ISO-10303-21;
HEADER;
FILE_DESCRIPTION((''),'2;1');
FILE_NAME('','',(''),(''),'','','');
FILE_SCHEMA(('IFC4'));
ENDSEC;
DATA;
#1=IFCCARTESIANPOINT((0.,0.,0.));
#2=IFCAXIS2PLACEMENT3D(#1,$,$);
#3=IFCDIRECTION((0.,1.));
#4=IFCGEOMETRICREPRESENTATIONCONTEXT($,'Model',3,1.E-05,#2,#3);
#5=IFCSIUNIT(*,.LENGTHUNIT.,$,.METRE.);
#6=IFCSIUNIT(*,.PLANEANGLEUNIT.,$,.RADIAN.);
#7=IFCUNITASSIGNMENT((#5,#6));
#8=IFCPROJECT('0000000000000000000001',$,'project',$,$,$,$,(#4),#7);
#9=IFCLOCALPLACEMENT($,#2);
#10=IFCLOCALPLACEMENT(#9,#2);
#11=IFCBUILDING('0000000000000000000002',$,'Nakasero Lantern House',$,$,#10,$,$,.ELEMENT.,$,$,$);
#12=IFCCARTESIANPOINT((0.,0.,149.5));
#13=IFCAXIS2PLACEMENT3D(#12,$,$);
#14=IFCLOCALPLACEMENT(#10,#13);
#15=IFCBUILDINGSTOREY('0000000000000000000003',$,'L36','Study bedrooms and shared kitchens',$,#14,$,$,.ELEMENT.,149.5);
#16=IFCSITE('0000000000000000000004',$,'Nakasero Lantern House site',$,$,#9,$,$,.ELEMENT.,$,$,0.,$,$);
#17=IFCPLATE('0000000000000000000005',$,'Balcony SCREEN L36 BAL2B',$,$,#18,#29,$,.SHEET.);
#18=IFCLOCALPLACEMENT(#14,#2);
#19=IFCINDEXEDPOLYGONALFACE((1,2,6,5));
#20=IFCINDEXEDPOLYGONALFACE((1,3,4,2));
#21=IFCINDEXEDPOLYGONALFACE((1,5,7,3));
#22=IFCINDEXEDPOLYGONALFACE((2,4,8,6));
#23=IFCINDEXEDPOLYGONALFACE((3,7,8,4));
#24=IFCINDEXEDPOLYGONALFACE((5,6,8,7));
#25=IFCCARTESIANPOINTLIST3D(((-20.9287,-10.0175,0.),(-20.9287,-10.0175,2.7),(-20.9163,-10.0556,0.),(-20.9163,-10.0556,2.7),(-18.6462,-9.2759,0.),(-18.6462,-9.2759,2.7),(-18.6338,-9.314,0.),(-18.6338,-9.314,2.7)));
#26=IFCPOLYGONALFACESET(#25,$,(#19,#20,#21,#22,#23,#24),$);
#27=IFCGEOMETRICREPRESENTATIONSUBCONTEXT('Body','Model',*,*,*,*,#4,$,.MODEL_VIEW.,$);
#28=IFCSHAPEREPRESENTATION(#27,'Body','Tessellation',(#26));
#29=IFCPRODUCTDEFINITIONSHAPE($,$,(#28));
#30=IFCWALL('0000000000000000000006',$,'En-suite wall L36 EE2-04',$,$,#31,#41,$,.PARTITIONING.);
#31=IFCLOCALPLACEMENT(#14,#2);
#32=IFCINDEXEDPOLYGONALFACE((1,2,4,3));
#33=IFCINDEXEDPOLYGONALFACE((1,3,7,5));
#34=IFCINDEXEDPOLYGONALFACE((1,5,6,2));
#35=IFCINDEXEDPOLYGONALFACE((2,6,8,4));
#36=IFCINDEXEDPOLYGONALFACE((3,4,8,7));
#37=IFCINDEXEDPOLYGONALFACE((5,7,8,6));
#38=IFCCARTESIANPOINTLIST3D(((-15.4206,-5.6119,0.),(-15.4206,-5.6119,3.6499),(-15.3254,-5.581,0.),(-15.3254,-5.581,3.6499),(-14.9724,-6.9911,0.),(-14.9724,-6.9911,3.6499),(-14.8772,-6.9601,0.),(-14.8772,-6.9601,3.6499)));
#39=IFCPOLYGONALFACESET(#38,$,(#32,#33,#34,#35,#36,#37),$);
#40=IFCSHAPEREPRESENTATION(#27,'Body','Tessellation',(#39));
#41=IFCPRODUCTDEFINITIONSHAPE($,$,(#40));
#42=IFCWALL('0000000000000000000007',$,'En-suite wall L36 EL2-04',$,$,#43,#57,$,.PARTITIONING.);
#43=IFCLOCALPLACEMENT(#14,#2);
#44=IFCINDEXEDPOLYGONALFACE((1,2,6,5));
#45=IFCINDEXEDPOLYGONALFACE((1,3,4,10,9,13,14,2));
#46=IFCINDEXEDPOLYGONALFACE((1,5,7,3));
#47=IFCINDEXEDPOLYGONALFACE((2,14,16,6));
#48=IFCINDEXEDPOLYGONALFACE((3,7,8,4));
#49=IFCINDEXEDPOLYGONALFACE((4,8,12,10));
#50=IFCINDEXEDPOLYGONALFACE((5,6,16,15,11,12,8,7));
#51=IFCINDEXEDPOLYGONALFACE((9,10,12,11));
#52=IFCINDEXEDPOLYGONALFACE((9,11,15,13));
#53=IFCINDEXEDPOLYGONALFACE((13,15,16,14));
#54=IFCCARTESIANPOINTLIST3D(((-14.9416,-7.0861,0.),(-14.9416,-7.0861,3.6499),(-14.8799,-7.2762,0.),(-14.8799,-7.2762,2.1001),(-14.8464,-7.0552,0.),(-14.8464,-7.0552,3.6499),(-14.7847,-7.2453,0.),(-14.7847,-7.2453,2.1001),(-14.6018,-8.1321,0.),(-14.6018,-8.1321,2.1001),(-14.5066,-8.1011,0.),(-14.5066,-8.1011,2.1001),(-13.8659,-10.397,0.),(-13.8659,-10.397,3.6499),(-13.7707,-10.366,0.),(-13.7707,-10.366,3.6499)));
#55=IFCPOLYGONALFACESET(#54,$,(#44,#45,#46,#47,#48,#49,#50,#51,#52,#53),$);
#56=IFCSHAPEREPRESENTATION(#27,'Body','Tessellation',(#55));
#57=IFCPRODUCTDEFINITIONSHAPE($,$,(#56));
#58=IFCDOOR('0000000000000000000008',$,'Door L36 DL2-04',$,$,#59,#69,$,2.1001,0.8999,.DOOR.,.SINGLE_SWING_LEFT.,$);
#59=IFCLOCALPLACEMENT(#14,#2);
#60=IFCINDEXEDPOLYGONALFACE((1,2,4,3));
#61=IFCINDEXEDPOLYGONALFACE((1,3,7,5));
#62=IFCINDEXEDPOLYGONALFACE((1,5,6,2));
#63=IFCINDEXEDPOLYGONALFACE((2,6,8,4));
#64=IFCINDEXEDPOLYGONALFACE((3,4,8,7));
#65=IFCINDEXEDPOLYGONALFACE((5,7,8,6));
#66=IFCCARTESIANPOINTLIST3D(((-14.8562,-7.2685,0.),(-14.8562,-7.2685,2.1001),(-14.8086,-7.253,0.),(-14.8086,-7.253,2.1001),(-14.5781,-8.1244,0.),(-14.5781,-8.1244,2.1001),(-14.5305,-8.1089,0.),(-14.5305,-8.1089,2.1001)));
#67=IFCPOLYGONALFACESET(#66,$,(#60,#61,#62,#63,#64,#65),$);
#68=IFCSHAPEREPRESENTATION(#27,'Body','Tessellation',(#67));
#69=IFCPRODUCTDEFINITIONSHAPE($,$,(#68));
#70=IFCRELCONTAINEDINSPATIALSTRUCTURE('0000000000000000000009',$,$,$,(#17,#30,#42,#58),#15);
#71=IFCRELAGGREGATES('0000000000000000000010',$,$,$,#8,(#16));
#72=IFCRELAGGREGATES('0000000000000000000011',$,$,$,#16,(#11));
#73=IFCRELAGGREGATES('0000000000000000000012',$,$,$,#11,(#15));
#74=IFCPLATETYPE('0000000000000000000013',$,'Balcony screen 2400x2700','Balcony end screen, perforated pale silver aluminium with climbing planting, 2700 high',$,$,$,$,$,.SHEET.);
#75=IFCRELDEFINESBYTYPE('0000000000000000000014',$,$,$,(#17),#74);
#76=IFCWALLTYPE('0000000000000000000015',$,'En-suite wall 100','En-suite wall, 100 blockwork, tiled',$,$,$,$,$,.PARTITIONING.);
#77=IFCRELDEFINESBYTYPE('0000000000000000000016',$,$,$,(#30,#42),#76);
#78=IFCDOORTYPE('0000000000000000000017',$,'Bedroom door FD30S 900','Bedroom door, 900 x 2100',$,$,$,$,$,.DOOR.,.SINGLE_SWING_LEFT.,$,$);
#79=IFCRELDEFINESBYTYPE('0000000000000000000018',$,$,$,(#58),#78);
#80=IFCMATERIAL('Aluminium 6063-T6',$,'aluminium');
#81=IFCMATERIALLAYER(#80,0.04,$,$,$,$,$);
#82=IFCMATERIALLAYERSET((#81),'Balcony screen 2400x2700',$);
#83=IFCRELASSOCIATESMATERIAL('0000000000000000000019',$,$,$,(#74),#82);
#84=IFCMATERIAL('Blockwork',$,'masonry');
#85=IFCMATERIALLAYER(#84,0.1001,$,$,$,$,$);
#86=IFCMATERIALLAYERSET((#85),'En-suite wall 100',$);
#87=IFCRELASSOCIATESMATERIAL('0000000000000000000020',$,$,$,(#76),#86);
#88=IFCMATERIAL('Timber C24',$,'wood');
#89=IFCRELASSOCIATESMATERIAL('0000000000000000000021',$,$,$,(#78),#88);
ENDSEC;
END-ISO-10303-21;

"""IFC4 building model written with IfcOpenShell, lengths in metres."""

from ifc_helpers import new_model, si_unit, direction, frame, frame_2d, origin, origin_2d, place, context, subcontext, project, spatial, rectangle, extrude, material, layer, layer_set, type_object, element, fill, save


model = new_model("IFC4")

# Units and contexts
model_context = context("Model", 3, precision=1e-05, world=origin(), true_north=direction((0.0, 1.0)))
body_context = subcontext(model_context, "Body", "Model", "MODEL_VIEW")
ifc_project = project(units=[si_unit("LENGTHUNIT", "METRE"), si_unit("PLANEANGLEUNIT", "RADIAN")], contexts=[model_context])

# Site, building, storey
site_placement = place(None, origin())
site = spatial("IfcSite", under=ifc_project, at=site_placement, Name="Nakasero Lantern House site", CompositionType="ELEMENT", RefElevation=0.0)
building_placement = place(site_placement, origin())
building = spatial("IfcBuilding", under=site, at=building_placement, Name="Nakasero Lantern House", CompositionType="ELEMENT")
storey_placement = place(building_placement, frame((0.0, 0.0, 149.5)))
storey = spatial("IfcBuildingStorey", under=building, at=storey_placement, Name="L36", Description="Study bedrooms and shared kitchens", CompositionType="ELEMENT", Elevation=149.5)

# Plate
ifc_material_1 = material(Name="Aluminium 6063-T6", Category="aluminium")
ifc_layer_1 = layer(ifc_material_1, 0.04)
ifc_layer_set_1 = layer_set([ifc_layer_1], Name="Balcony screen 2400x2700")
plate_type_1 = type_object("IfcPlateType", Name="Balcony screen 2400x2700", Description="Balcony end screen, perforated pale silver aluminium with climbing planting, 2700 high", PredefinedType="SHEET", material=ifc_layer_set_1)
for number, where, z_axis, x_axis, name in (
    (1, (-19.7812, -9.6658, 0.0), (0.0, 0.0, 1.0), (-0.951057, -0.309017, 0.0), "Balcony SCREEN L36 BAL2B"),
):
    element("IfcPlate", number, at=place(storey_placement, frame(where, z_axis=z_axis, x_axis=x_axis)), inside=storey, type_object=plate_type_1, Name=name, PredefinedType="SHEET", context=body_context, shape_type="SweptSolid", body=[
        extrude(rectangle(XDim=2.3999, YDim=0.04, at=origin_2d()), origin(), (0.0, 0.0, 1.0), 2.7),
    ])

# Wall
ifc_material_2 = material(Name="Blockwork", Category="masonry")
ifc_layer_2 = layer(ifc_material_2, 0.1001)
ifc_layer_set_2 = layer_set([ifc_layer_2], Name="En-suite wall 100")
wall_type = type_object("IfcWallType", Name="En-suite wall 100", Description="En-suite wall, 100 blockwork, tiled", PredefinedType="PARTITIONING", material=ifc_layer_set_2)
wall_1_placement = place(storey_placement, frame((-15.373, -5.5964, 0.0), z_axis=(0.0, 0.0, 1.0), x_axis=(0.309097, -0.95103, 0.0)))
element("IfcWall", 2, at=wall_1_placement, inside=storey, type_object=wall_type, Name="En-suite wall L36 EE2-04", PredefinedType="PARTITIONING", context=body_context, shape_type="SweptSolid", body=[
    extrude(rectangle(XDim=1.4502, YDim=0.1001, at=frame_2d((0.7251, 0.0))), origin(), (0.0, 0.0, 1.0), 3.6499),
])

# Wall, opening, door
wall_2_placement = place(storey_placement, frame((-14.894, -7.0706, 0.0), z_axis=(0.0, 0.0, 1.0), x_axis=(0.309002, -0.951061, 0.0)))
wall_2 = element("IfcWall", 3, at=wall_2_placement, inside=storey, type_object=wall_type, Name="En-suite wall L36 EL2-04", PredefinedType="PARTITIONING", context=body_context, shape_type="SweptSolid", body=[
    extrude(rectangle(XDim=3.4812, YDim=0.1001, at=frame_2d((1.7407, 0.0))), origin(), (0.0, 0.0, 1.0), 3.6499),
])
opening_placement = place(wall_2_placement, frame((0.2, 0.0, 0.0)))
opening = element("IfcOpeningElement", 4, at=opening_placement, cuts=wall_2, PredefinedType="OPENING", context=body_context, shape_type="SweptSolid", body=[
    extrude(rectangle(XDim=0.8999, YDim=2.1001, at=frame_2d((0.45, 1.05))), frame((0.0, 0.0701, 0.0), z_axis=(0.0, -1.0, 0.0), x_axis=(1.0, 0.0, 0.0)), (0.0, 0.0, 1.0), 0.1401),
])
ifc_material_3 = material(Name="Timber C24", Category="wood")
door_type = type_object("IfcDoorType", Name="Bedroom door FD30S 900", Description="Bedroom door, 900 x 2100", OperationType="SINGLE_SWING_LEFT", PredefinedType="DOOR", material=ifc_material_3)
door_placement = place(opening_placement, origin())
door = element("IfcDoor", 5, at=door_placement, inside=storey, type_object=door_type, Name="Door L36 DL2-04", OperationType="SINGLE_SWING_LEFT", OverallHeight=2.1001, OverallWidth=0.8999, PredefinedType="DOOR", context=body_context, shape_type="SweptSolid", body=[
    extrude(rectangle(XDim=0.8999, YDim=2.1001, at=frame_2d((0.45, 1.05))), frame((0.0, 0.0249, 0.0), z_axis=(0.0, -1.0, 0.0), x_axis=(1.0, 0.0, 0.0)), (0.0, 0.0, 1.0), 0.05),
])
fill(opening, door)

save(model, "model.ifc")
